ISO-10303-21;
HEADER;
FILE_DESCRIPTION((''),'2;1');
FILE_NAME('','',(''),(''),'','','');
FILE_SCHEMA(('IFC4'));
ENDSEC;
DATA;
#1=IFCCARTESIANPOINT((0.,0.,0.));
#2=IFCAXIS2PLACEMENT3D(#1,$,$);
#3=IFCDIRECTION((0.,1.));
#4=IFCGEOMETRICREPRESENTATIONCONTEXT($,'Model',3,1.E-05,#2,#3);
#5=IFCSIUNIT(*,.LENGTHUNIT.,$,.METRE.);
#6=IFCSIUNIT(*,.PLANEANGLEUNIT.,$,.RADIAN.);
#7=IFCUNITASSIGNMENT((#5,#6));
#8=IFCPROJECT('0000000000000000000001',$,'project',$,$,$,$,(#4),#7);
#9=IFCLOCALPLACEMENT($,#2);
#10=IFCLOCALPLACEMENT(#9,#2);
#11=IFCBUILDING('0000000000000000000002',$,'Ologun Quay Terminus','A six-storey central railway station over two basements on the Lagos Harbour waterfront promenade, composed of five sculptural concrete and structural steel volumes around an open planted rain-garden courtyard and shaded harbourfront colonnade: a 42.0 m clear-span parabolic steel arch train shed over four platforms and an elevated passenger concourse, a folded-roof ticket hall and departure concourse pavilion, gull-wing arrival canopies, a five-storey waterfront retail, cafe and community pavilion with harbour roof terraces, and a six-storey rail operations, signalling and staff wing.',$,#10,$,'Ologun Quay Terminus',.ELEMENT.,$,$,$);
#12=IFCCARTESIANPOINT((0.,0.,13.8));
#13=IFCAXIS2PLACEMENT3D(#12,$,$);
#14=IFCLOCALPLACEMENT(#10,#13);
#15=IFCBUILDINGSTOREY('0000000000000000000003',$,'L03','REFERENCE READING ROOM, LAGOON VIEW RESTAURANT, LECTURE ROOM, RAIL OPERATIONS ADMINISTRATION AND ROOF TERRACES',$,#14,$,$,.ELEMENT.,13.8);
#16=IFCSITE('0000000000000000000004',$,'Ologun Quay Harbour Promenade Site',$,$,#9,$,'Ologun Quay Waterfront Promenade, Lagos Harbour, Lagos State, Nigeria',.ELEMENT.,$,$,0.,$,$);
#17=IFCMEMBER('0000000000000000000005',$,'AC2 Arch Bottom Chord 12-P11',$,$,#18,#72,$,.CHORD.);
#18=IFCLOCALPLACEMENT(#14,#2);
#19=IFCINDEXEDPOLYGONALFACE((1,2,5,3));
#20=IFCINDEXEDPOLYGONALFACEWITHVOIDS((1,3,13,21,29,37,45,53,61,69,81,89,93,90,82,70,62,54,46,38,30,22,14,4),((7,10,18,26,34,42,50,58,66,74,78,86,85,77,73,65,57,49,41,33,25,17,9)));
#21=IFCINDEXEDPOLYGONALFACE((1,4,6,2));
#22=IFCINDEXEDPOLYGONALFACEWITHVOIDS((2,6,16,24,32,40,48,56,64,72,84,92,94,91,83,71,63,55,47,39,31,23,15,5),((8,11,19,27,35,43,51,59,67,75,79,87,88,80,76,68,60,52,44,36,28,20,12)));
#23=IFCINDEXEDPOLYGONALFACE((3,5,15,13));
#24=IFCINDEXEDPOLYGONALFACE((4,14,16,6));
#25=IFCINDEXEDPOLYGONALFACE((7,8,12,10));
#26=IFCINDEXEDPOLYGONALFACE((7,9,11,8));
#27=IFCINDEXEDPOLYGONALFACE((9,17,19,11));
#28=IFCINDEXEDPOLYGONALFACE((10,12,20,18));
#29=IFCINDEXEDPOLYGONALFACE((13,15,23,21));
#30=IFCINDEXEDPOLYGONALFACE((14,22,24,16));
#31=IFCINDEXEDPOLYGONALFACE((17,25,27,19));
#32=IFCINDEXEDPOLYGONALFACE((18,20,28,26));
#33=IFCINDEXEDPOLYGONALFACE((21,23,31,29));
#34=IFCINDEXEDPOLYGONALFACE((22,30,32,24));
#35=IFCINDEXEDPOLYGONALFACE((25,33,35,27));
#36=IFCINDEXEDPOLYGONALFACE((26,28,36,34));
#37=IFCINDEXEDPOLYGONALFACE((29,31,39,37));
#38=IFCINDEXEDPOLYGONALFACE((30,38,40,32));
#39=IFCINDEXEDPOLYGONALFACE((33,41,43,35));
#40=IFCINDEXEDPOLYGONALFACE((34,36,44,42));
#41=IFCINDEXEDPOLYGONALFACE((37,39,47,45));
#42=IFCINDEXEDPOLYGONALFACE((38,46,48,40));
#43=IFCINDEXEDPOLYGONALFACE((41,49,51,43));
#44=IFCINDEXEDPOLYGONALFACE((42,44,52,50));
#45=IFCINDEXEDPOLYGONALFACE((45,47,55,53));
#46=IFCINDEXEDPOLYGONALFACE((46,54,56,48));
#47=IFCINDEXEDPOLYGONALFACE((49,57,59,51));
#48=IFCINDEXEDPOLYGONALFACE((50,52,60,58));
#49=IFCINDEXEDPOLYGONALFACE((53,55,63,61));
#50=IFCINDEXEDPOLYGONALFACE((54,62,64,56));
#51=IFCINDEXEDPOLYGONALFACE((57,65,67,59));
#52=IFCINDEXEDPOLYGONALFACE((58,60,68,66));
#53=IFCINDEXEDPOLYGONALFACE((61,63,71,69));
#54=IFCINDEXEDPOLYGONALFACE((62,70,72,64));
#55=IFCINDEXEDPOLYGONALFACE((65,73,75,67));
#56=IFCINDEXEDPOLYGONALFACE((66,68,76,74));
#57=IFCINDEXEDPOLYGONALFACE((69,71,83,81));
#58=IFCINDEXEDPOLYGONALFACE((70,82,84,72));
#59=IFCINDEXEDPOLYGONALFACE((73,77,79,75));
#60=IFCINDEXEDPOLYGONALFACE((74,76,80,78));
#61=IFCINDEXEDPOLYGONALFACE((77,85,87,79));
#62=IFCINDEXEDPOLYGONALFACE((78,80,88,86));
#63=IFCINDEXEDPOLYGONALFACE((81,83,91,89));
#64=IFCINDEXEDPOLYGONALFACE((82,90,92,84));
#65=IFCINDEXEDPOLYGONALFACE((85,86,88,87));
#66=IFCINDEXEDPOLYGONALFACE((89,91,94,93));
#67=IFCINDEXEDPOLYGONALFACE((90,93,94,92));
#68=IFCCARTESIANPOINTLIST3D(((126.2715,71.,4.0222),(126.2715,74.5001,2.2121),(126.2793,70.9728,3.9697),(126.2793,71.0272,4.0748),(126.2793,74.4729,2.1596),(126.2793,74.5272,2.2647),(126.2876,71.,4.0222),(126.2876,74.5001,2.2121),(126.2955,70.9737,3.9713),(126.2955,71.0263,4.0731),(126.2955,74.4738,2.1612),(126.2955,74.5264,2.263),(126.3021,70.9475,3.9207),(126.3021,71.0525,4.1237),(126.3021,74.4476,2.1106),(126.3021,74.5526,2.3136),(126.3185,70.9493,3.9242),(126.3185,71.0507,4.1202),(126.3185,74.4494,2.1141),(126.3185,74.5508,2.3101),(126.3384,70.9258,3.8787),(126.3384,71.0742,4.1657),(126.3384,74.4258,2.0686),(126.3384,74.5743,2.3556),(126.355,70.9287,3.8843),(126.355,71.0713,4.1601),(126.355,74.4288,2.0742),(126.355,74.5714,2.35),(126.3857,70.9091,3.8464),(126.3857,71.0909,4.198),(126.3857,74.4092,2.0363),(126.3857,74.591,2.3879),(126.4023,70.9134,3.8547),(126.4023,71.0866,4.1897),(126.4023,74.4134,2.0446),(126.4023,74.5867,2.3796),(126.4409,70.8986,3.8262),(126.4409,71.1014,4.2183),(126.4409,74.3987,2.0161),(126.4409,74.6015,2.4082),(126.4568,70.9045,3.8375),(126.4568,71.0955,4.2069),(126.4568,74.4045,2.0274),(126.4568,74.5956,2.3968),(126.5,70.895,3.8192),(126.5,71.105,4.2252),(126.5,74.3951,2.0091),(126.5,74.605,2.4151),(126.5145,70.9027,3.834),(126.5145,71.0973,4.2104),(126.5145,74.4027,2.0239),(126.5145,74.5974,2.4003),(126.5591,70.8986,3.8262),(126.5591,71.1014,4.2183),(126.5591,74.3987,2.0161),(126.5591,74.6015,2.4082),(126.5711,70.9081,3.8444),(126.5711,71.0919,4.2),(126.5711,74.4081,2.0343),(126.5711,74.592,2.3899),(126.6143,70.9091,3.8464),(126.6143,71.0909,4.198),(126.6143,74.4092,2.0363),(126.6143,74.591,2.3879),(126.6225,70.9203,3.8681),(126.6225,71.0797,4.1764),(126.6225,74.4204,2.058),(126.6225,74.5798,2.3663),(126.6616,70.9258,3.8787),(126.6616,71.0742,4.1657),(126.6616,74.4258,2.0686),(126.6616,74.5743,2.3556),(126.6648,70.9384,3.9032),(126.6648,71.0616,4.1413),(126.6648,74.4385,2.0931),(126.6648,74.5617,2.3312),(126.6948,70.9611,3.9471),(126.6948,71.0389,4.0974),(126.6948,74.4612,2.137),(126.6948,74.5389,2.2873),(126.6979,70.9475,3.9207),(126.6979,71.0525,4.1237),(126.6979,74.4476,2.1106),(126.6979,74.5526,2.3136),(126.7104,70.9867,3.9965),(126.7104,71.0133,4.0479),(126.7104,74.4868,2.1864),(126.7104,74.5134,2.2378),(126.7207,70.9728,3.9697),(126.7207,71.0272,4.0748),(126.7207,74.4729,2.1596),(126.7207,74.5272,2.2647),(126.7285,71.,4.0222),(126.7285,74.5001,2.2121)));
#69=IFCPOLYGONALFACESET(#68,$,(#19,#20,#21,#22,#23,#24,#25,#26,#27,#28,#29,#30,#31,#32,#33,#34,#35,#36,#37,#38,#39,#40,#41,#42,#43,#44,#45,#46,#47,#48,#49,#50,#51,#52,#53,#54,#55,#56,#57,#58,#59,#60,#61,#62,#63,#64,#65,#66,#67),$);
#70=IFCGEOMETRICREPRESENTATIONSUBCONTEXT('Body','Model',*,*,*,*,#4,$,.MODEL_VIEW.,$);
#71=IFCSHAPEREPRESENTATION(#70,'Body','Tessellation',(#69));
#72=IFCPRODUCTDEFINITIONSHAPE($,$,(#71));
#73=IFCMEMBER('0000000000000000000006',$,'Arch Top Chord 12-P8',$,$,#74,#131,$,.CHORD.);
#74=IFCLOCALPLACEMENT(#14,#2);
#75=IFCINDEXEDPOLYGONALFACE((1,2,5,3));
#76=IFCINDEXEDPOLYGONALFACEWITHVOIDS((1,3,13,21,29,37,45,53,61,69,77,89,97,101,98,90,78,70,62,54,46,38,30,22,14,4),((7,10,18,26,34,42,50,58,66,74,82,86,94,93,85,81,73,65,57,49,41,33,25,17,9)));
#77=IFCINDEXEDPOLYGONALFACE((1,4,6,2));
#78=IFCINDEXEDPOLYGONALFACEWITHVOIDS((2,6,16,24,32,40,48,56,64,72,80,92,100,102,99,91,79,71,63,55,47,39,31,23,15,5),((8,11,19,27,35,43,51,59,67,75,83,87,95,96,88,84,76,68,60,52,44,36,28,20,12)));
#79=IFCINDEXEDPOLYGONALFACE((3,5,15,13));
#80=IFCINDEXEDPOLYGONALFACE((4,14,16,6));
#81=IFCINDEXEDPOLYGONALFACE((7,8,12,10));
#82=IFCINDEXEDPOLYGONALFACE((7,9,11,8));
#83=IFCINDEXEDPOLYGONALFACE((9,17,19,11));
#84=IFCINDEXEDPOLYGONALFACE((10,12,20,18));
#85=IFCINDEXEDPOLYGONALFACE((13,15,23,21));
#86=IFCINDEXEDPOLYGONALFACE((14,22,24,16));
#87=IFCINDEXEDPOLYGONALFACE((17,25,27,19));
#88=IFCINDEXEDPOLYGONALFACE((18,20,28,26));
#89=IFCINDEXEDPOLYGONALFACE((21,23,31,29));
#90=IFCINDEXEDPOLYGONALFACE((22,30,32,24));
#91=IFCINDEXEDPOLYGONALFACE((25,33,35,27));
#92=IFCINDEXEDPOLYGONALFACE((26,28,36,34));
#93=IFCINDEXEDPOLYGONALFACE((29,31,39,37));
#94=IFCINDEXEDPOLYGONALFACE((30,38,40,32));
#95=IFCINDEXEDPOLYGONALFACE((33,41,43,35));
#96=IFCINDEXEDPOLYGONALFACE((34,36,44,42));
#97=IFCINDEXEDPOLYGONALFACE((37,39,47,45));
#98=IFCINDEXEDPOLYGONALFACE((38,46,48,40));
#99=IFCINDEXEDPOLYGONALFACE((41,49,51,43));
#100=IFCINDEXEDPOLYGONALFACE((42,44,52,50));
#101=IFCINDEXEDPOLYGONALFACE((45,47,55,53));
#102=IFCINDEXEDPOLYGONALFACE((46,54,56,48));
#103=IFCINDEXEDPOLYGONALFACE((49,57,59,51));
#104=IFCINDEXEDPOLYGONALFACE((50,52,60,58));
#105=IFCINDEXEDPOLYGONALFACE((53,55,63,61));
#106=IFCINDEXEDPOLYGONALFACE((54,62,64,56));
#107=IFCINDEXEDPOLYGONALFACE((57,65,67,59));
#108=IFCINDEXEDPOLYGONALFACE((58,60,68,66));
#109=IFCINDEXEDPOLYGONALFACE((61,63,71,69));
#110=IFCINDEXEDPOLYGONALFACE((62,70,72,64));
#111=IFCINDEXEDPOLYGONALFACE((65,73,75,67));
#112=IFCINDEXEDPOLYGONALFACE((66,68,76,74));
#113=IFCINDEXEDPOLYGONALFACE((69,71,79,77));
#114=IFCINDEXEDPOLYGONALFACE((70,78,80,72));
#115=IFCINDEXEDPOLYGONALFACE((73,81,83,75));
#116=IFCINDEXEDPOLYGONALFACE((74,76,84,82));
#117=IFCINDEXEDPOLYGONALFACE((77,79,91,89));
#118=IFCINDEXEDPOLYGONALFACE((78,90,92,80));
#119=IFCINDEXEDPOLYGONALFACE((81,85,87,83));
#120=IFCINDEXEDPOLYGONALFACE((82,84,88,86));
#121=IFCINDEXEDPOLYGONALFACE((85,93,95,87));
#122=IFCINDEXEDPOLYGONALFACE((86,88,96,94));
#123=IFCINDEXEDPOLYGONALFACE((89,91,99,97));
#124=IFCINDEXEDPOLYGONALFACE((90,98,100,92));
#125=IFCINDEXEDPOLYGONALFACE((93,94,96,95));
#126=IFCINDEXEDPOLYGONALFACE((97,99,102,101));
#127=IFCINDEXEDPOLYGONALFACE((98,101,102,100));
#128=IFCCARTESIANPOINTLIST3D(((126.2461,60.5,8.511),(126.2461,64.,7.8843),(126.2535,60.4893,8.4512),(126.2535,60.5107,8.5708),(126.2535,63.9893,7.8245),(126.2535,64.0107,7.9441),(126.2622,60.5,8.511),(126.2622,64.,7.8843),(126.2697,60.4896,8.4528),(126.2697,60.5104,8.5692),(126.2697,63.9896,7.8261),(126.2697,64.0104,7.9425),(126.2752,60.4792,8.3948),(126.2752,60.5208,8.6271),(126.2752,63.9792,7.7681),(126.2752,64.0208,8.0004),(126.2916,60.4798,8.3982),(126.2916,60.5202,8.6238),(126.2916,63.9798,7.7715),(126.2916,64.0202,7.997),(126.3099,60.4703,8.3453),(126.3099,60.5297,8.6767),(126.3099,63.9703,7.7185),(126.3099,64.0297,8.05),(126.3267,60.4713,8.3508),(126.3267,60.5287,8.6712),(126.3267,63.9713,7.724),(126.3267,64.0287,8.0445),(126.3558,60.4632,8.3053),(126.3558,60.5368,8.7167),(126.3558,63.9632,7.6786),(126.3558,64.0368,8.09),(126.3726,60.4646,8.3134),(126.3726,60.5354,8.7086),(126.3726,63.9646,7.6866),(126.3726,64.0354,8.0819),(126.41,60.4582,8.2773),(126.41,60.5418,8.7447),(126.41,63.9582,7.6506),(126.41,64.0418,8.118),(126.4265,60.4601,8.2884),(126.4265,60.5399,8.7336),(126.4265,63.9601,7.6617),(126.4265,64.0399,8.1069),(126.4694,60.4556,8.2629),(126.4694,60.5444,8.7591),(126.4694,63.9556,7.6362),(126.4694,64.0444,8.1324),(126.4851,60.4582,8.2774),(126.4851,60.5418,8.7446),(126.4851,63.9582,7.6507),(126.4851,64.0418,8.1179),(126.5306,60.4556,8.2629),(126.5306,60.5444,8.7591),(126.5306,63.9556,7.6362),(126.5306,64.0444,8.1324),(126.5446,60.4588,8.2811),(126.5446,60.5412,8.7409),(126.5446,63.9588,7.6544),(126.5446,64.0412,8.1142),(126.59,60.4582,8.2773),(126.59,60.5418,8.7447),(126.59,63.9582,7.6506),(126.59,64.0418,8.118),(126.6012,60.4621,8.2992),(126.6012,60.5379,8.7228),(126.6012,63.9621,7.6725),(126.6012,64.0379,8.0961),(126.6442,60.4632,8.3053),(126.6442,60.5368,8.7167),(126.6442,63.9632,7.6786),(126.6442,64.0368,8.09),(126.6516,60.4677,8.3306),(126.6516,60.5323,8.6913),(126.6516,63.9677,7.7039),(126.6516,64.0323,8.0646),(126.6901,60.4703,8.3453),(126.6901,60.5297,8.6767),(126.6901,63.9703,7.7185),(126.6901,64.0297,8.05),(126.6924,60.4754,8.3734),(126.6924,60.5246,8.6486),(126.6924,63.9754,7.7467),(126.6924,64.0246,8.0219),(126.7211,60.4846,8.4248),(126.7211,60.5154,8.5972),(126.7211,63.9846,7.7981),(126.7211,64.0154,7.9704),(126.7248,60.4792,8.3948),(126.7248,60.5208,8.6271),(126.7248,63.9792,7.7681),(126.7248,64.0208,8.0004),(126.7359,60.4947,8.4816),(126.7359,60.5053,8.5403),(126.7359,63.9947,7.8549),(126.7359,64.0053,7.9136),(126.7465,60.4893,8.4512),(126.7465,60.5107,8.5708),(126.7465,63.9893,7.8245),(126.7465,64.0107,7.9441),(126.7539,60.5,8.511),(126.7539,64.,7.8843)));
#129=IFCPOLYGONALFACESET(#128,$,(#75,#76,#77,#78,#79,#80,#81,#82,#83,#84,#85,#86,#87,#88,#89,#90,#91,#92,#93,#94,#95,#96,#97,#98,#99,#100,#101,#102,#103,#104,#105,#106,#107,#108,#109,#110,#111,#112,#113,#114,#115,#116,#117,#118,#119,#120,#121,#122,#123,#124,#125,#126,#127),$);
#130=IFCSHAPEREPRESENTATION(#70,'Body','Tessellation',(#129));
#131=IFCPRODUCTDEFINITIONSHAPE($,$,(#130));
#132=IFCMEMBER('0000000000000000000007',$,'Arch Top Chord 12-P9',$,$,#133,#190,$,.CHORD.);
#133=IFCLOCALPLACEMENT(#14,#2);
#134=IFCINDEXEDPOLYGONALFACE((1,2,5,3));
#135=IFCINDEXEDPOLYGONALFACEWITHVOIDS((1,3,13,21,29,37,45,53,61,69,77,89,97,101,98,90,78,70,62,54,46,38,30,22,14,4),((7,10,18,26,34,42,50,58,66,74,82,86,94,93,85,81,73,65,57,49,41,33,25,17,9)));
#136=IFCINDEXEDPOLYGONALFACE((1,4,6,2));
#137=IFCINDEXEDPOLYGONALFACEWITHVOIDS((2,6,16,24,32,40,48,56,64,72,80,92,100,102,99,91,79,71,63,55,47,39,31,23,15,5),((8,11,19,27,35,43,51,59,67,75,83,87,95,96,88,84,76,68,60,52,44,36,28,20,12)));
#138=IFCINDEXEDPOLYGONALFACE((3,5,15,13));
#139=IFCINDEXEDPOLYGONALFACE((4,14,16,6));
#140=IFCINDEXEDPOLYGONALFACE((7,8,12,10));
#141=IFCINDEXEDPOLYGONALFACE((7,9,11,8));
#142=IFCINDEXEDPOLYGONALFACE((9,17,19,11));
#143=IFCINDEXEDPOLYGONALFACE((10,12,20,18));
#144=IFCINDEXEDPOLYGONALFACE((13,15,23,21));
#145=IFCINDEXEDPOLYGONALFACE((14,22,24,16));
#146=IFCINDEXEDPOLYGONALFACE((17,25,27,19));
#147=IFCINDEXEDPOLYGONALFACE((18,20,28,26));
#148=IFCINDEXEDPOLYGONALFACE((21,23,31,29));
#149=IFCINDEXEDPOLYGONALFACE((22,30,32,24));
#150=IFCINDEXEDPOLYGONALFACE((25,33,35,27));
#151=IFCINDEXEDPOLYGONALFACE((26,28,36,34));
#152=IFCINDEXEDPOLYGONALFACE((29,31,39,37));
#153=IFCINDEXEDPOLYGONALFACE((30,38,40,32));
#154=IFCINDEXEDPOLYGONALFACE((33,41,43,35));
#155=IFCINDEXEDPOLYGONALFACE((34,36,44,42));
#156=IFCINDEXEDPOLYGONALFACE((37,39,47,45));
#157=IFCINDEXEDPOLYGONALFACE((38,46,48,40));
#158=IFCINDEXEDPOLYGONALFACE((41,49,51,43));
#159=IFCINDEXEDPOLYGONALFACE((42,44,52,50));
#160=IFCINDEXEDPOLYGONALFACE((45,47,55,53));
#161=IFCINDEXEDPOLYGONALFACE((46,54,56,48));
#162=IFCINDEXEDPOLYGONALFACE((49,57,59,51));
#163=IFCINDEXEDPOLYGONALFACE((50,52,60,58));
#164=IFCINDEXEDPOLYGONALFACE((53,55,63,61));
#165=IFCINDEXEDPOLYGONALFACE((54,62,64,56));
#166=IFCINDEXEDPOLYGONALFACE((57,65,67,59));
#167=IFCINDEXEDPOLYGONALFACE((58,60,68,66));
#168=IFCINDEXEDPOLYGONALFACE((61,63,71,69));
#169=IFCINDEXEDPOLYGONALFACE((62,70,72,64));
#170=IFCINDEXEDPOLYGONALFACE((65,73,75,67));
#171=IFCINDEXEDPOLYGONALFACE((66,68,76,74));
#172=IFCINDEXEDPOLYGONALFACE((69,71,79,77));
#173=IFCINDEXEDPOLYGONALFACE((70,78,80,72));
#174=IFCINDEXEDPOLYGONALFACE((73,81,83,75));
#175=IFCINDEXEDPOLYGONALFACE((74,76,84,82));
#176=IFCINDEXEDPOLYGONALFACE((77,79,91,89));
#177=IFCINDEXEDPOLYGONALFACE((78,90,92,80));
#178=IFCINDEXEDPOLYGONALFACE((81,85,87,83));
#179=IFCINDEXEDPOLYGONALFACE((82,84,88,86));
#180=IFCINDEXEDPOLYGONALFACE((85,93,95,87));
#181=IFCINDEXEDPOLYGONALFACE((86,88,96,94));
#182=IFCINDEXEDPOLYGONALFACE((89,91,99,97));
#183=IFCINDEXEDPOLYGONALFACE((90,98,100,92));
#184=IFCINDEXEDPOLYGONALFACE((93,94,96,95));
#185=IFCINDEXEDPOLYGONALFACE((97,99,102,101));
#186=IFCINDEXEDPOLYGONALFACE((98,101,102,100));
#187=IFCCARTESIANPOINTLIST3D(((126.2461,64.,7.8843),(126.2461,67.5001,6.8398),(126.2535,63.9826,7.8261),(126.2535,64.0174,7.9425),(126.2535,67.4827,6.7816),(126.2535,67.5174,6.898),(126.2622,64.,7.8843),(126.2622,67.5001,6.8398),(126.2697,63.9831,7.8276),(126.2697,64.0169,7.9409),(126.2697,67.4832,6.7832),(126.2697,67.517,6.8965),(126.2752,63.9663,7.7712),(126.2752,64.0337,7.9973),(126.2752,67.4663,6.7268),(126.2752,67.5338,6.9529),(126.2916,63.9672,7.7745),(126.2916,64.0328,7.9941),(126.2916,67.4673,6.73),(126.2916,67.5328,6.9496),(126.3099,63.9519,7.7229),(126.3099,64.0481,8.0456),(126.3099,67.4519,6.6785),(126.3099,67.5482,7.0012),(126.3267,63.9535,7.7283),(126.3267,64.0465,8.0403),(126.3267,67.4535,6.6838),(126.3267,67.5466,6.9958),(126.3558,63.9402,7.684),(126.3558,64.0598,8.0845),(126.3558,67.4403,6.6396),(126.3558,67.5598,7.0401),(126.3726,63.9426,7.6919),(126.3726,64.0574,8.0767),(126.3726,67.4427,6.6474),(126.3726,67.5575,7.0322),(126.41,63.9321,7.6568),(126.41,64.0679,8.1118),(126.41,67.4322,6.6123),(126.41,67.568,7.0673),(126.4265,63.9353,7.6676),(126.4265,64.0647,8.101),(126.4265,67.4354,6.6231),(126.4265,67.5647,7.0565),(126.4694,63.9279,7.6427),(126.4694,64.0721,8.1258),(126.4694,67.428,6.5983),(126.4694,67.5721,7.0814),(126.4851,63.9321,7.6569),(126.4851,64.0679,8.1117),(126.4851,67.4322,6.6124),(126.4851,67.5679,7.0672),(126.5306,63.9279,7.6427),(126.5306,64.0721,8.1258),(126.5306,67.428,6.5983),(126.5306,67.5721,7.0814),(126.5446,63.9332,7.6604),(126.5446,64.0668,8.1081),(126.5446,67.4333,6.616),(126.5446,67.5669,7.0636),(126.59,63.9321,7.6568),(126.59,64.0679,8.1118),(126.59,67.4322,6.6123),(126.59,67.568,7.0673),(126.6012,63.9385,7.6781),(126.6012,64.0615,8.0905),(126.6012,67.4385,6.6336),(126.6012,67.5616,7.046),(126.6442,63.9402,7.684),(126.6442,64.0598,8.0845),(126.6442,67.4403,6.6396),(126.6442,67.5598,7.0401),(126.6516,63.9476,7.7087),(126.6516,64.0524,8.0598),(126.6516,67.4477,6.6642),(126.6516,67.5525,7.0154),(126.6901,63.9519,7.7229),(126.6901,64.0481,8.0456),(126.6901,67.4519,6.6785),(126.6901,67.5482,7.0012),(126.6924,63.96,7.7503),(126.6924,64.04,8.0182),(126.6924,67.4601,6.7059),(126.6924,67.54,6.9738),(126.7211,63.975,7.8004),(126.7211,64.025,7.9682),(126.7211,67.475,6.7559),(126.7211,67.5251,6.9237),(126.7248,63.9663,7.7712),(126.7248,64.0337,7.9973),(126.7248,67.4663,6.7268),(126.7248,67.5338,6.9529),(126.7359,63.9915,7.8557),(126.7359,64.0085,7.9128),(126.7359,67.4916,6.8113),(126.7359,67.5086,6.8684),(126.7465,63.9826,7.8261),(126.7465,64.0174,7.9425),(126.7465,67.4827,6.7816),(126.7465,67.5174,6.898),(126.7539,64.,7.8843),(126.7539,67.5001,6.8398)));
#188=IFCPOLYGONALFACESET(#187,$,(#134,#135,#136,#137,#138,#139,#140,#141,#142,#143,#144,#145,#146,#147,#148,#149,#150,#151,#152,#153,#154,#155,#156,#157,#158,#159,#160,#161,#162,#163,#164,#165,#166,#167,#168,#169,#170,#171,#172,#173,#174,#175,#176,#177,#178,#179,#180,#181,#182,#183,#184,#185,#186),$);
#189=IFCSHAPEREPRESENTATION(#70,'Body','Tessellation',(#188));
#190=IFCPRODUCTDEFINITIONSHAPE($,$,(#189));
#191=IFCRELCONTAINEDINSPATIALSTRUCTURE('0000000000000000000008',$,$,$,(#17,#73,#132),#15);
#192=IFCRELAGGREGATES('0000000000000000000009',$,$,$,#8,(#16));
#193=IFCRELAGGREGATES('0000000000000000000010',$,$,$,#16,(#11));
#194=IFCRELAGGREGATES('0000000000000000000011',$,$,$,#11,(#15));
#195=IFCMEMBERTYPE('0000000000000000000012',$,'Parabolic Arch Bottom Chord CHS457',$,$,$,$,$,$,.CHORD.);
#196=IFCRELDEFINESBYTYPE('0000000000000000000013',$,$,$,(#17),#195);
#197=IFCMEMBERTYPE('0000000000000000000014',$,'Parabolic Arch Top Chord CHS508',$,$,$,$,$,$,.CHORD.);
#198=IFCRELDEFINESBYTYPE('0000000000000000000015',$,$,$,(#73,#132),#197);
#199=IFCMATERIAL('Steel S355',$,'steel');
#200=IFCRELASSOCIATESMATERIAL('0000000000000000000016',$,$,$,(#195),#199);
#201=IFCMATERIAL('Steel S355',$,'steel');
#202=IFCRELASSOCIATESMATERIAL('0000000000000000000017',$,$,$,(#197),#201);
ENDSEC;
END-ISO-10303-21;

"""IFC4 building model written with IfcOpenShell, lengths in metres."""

from ifc_helpers import new_model, si_unit, direction, frame, origin, origin_2d, place, context, subcontext, project, spatial, hollow_circle, extrude, material, material_profile, profile_set, type_object, element, save


model = new_model("IFC4")

# Units and contexts
model_context = context("Model", 3, precision=1e-05, world=origin(), true_north=direction((0.0, 1.0)))
body_context = subcontext(model_context, "Body", "Model", "MODEL_VIEW")
ifc_project = project(units=[si_unit("LENGTHUNIT", "METRE"), si_unit("PLANEANGLEUNIT", "RADIAN")], contexts=[model_context])

# Site, building, storey
site_placement = place(None, origin())
site = spatial("IfcSite", under=ifc_project, at=site_placement, Name="Ologun Quay Harbour Promenade Site", LongName="Ologun Quay Waterfront Promenade, Lagos Harbour, Lagos State, Nigeria", CompositionType="ELEMENT", RefElevation=0.0)
building_placement = place(site_placement, origin())
building = spatial("IfcBuilding", under=site, at=building_placement, Name="Ologun Quay Terminus", Description="A six-storey central railway station over two basements on the Lagos Harbour waterfront promenade, composed of five sculptural concrete and structural steel volumes around an open planted rain-garden courtyard and shaded harbourfront colonnade: a 42.0 m clear-span parabolic steel arch train shed over four platforms and an elevated passenger concourse, a folded-roof ticket hall and departure concourse pavilion, gull-wing arrival canopies, a five-storey waterfront retail, cafe and community pavilion with harbour roof terraces, and a six-storey rail operations, signalling and staff wing.", LongName="Ologun Quay Terminus", CompositionType="ELEMENT")
storey_placement = place(building_placement, frame((0.0, 0.0, 13.8)))
storey = spatial("IfcBuildingStorey", under=building, at=storey_placement, Name="L03", Description="REFERENCE READING ROOM, LAGOON VIEW RESTAURANT, LECTURE ROOM, RAIL OPERATIONS ADMINISTRATION AND ROOF TERRACES", CompositionType="ELEMENT", Elevation=13.8)

# Members
ifc_material_1 = material(Name="Steel S355", Category="steel")
ifc_material_profile_1 = material_profile(ifc_material_1, hollow_circle(Radius=0.2285, WallThickness=0.0161, at=origin_2d()), Name="CHS 457x16")
ifc_profile_set_1 = profile_set([ifc_material_profile_1], Name="Steel S355")
member_type_1 = type_object("IfcMemberType", Name="Parabolic Arch Bottom Chord CHS457", PredefinedType="CHORD", material=ifc_profile_set_1)
member_1_placement = place(storey_placement, frame((126.5, 71.0, 4.0222), z_axis=(0.0, 0.888247, -0.459366), x_axis=(-1.0, 0.0, 0.0)))
element("IfcMember", 1, at=member_1_placement, inside=storey, type_object=member_type_1, Name="AC2 Arch Bottom Chord 12-P11", PredefinedType="CHORD", context=body_context, shape_type="SweptSolid", body=[
    extrude(hollow_circle(Radius=0.2285, WallThickness=0.0161, at=origin_2d()), origin(), (0.0, 0.0, 1.0), 3.9404),
])
ifc_material_2 = material(Name="Steel S355", Category="steel")
ifc_material_profile_2 = material_profile(ifc_material_2, hollow_circle(Radius=0.2539, WallThickness=0.0161, at=origin_2d()), Name="CHS 508x16")
ifc_profile_set_2 = profile_set([ifc_material_profile_2], Name="Steel S355")
member_type_2 = type_object("IfcMemberType", Name="Parabolic Arch Top Chord CHS508", PredefinedType="CHORD", material=ifc_profile_set_2)
member_2_placement = place(storey_placement, frame((126.5, 60.5, 8.511), z_axis=(0.0, 0.984344, -0.176256), x_axis=(-1.0, 0.0, 0.0)))
element("IfcMember", 2, at=member_2_placement, inside=storey, type_object=member_type_2, Name="Arch Top Chord 12-P8", PredefinedType="CHORD", context=body_context, shape_type="SweptSolid", body=[
    extrude(hollow_circle(Radius=0.2539, WallThickness=0.0161, at=origin_2d()), origin(), (0.0, 0.0, 1.0), 3.5557),
])
member_3_placement = place(storey_placement, frame((126.5, 64.0, 7.8843), z_axis=(0.0, 0.958245, -0.285949), x_axis=(-1.0, 0.0, 0.0)))
element("IfcMember", 3, at=member_3_placement, inside=storey, type_object=member_type_2, Name="Arch Top Chord 12-P9", PredefinedType="CHORD", context=body_context, shape_type="SweptSolid", body=[
    extrude(hollow_circle(Radius=0.2539, WallThickness=0.0161, at=origin_2d()), origin(), (0.0, 0.0, 1.0), 3.6526),
])

save(model, "model.ifc")
